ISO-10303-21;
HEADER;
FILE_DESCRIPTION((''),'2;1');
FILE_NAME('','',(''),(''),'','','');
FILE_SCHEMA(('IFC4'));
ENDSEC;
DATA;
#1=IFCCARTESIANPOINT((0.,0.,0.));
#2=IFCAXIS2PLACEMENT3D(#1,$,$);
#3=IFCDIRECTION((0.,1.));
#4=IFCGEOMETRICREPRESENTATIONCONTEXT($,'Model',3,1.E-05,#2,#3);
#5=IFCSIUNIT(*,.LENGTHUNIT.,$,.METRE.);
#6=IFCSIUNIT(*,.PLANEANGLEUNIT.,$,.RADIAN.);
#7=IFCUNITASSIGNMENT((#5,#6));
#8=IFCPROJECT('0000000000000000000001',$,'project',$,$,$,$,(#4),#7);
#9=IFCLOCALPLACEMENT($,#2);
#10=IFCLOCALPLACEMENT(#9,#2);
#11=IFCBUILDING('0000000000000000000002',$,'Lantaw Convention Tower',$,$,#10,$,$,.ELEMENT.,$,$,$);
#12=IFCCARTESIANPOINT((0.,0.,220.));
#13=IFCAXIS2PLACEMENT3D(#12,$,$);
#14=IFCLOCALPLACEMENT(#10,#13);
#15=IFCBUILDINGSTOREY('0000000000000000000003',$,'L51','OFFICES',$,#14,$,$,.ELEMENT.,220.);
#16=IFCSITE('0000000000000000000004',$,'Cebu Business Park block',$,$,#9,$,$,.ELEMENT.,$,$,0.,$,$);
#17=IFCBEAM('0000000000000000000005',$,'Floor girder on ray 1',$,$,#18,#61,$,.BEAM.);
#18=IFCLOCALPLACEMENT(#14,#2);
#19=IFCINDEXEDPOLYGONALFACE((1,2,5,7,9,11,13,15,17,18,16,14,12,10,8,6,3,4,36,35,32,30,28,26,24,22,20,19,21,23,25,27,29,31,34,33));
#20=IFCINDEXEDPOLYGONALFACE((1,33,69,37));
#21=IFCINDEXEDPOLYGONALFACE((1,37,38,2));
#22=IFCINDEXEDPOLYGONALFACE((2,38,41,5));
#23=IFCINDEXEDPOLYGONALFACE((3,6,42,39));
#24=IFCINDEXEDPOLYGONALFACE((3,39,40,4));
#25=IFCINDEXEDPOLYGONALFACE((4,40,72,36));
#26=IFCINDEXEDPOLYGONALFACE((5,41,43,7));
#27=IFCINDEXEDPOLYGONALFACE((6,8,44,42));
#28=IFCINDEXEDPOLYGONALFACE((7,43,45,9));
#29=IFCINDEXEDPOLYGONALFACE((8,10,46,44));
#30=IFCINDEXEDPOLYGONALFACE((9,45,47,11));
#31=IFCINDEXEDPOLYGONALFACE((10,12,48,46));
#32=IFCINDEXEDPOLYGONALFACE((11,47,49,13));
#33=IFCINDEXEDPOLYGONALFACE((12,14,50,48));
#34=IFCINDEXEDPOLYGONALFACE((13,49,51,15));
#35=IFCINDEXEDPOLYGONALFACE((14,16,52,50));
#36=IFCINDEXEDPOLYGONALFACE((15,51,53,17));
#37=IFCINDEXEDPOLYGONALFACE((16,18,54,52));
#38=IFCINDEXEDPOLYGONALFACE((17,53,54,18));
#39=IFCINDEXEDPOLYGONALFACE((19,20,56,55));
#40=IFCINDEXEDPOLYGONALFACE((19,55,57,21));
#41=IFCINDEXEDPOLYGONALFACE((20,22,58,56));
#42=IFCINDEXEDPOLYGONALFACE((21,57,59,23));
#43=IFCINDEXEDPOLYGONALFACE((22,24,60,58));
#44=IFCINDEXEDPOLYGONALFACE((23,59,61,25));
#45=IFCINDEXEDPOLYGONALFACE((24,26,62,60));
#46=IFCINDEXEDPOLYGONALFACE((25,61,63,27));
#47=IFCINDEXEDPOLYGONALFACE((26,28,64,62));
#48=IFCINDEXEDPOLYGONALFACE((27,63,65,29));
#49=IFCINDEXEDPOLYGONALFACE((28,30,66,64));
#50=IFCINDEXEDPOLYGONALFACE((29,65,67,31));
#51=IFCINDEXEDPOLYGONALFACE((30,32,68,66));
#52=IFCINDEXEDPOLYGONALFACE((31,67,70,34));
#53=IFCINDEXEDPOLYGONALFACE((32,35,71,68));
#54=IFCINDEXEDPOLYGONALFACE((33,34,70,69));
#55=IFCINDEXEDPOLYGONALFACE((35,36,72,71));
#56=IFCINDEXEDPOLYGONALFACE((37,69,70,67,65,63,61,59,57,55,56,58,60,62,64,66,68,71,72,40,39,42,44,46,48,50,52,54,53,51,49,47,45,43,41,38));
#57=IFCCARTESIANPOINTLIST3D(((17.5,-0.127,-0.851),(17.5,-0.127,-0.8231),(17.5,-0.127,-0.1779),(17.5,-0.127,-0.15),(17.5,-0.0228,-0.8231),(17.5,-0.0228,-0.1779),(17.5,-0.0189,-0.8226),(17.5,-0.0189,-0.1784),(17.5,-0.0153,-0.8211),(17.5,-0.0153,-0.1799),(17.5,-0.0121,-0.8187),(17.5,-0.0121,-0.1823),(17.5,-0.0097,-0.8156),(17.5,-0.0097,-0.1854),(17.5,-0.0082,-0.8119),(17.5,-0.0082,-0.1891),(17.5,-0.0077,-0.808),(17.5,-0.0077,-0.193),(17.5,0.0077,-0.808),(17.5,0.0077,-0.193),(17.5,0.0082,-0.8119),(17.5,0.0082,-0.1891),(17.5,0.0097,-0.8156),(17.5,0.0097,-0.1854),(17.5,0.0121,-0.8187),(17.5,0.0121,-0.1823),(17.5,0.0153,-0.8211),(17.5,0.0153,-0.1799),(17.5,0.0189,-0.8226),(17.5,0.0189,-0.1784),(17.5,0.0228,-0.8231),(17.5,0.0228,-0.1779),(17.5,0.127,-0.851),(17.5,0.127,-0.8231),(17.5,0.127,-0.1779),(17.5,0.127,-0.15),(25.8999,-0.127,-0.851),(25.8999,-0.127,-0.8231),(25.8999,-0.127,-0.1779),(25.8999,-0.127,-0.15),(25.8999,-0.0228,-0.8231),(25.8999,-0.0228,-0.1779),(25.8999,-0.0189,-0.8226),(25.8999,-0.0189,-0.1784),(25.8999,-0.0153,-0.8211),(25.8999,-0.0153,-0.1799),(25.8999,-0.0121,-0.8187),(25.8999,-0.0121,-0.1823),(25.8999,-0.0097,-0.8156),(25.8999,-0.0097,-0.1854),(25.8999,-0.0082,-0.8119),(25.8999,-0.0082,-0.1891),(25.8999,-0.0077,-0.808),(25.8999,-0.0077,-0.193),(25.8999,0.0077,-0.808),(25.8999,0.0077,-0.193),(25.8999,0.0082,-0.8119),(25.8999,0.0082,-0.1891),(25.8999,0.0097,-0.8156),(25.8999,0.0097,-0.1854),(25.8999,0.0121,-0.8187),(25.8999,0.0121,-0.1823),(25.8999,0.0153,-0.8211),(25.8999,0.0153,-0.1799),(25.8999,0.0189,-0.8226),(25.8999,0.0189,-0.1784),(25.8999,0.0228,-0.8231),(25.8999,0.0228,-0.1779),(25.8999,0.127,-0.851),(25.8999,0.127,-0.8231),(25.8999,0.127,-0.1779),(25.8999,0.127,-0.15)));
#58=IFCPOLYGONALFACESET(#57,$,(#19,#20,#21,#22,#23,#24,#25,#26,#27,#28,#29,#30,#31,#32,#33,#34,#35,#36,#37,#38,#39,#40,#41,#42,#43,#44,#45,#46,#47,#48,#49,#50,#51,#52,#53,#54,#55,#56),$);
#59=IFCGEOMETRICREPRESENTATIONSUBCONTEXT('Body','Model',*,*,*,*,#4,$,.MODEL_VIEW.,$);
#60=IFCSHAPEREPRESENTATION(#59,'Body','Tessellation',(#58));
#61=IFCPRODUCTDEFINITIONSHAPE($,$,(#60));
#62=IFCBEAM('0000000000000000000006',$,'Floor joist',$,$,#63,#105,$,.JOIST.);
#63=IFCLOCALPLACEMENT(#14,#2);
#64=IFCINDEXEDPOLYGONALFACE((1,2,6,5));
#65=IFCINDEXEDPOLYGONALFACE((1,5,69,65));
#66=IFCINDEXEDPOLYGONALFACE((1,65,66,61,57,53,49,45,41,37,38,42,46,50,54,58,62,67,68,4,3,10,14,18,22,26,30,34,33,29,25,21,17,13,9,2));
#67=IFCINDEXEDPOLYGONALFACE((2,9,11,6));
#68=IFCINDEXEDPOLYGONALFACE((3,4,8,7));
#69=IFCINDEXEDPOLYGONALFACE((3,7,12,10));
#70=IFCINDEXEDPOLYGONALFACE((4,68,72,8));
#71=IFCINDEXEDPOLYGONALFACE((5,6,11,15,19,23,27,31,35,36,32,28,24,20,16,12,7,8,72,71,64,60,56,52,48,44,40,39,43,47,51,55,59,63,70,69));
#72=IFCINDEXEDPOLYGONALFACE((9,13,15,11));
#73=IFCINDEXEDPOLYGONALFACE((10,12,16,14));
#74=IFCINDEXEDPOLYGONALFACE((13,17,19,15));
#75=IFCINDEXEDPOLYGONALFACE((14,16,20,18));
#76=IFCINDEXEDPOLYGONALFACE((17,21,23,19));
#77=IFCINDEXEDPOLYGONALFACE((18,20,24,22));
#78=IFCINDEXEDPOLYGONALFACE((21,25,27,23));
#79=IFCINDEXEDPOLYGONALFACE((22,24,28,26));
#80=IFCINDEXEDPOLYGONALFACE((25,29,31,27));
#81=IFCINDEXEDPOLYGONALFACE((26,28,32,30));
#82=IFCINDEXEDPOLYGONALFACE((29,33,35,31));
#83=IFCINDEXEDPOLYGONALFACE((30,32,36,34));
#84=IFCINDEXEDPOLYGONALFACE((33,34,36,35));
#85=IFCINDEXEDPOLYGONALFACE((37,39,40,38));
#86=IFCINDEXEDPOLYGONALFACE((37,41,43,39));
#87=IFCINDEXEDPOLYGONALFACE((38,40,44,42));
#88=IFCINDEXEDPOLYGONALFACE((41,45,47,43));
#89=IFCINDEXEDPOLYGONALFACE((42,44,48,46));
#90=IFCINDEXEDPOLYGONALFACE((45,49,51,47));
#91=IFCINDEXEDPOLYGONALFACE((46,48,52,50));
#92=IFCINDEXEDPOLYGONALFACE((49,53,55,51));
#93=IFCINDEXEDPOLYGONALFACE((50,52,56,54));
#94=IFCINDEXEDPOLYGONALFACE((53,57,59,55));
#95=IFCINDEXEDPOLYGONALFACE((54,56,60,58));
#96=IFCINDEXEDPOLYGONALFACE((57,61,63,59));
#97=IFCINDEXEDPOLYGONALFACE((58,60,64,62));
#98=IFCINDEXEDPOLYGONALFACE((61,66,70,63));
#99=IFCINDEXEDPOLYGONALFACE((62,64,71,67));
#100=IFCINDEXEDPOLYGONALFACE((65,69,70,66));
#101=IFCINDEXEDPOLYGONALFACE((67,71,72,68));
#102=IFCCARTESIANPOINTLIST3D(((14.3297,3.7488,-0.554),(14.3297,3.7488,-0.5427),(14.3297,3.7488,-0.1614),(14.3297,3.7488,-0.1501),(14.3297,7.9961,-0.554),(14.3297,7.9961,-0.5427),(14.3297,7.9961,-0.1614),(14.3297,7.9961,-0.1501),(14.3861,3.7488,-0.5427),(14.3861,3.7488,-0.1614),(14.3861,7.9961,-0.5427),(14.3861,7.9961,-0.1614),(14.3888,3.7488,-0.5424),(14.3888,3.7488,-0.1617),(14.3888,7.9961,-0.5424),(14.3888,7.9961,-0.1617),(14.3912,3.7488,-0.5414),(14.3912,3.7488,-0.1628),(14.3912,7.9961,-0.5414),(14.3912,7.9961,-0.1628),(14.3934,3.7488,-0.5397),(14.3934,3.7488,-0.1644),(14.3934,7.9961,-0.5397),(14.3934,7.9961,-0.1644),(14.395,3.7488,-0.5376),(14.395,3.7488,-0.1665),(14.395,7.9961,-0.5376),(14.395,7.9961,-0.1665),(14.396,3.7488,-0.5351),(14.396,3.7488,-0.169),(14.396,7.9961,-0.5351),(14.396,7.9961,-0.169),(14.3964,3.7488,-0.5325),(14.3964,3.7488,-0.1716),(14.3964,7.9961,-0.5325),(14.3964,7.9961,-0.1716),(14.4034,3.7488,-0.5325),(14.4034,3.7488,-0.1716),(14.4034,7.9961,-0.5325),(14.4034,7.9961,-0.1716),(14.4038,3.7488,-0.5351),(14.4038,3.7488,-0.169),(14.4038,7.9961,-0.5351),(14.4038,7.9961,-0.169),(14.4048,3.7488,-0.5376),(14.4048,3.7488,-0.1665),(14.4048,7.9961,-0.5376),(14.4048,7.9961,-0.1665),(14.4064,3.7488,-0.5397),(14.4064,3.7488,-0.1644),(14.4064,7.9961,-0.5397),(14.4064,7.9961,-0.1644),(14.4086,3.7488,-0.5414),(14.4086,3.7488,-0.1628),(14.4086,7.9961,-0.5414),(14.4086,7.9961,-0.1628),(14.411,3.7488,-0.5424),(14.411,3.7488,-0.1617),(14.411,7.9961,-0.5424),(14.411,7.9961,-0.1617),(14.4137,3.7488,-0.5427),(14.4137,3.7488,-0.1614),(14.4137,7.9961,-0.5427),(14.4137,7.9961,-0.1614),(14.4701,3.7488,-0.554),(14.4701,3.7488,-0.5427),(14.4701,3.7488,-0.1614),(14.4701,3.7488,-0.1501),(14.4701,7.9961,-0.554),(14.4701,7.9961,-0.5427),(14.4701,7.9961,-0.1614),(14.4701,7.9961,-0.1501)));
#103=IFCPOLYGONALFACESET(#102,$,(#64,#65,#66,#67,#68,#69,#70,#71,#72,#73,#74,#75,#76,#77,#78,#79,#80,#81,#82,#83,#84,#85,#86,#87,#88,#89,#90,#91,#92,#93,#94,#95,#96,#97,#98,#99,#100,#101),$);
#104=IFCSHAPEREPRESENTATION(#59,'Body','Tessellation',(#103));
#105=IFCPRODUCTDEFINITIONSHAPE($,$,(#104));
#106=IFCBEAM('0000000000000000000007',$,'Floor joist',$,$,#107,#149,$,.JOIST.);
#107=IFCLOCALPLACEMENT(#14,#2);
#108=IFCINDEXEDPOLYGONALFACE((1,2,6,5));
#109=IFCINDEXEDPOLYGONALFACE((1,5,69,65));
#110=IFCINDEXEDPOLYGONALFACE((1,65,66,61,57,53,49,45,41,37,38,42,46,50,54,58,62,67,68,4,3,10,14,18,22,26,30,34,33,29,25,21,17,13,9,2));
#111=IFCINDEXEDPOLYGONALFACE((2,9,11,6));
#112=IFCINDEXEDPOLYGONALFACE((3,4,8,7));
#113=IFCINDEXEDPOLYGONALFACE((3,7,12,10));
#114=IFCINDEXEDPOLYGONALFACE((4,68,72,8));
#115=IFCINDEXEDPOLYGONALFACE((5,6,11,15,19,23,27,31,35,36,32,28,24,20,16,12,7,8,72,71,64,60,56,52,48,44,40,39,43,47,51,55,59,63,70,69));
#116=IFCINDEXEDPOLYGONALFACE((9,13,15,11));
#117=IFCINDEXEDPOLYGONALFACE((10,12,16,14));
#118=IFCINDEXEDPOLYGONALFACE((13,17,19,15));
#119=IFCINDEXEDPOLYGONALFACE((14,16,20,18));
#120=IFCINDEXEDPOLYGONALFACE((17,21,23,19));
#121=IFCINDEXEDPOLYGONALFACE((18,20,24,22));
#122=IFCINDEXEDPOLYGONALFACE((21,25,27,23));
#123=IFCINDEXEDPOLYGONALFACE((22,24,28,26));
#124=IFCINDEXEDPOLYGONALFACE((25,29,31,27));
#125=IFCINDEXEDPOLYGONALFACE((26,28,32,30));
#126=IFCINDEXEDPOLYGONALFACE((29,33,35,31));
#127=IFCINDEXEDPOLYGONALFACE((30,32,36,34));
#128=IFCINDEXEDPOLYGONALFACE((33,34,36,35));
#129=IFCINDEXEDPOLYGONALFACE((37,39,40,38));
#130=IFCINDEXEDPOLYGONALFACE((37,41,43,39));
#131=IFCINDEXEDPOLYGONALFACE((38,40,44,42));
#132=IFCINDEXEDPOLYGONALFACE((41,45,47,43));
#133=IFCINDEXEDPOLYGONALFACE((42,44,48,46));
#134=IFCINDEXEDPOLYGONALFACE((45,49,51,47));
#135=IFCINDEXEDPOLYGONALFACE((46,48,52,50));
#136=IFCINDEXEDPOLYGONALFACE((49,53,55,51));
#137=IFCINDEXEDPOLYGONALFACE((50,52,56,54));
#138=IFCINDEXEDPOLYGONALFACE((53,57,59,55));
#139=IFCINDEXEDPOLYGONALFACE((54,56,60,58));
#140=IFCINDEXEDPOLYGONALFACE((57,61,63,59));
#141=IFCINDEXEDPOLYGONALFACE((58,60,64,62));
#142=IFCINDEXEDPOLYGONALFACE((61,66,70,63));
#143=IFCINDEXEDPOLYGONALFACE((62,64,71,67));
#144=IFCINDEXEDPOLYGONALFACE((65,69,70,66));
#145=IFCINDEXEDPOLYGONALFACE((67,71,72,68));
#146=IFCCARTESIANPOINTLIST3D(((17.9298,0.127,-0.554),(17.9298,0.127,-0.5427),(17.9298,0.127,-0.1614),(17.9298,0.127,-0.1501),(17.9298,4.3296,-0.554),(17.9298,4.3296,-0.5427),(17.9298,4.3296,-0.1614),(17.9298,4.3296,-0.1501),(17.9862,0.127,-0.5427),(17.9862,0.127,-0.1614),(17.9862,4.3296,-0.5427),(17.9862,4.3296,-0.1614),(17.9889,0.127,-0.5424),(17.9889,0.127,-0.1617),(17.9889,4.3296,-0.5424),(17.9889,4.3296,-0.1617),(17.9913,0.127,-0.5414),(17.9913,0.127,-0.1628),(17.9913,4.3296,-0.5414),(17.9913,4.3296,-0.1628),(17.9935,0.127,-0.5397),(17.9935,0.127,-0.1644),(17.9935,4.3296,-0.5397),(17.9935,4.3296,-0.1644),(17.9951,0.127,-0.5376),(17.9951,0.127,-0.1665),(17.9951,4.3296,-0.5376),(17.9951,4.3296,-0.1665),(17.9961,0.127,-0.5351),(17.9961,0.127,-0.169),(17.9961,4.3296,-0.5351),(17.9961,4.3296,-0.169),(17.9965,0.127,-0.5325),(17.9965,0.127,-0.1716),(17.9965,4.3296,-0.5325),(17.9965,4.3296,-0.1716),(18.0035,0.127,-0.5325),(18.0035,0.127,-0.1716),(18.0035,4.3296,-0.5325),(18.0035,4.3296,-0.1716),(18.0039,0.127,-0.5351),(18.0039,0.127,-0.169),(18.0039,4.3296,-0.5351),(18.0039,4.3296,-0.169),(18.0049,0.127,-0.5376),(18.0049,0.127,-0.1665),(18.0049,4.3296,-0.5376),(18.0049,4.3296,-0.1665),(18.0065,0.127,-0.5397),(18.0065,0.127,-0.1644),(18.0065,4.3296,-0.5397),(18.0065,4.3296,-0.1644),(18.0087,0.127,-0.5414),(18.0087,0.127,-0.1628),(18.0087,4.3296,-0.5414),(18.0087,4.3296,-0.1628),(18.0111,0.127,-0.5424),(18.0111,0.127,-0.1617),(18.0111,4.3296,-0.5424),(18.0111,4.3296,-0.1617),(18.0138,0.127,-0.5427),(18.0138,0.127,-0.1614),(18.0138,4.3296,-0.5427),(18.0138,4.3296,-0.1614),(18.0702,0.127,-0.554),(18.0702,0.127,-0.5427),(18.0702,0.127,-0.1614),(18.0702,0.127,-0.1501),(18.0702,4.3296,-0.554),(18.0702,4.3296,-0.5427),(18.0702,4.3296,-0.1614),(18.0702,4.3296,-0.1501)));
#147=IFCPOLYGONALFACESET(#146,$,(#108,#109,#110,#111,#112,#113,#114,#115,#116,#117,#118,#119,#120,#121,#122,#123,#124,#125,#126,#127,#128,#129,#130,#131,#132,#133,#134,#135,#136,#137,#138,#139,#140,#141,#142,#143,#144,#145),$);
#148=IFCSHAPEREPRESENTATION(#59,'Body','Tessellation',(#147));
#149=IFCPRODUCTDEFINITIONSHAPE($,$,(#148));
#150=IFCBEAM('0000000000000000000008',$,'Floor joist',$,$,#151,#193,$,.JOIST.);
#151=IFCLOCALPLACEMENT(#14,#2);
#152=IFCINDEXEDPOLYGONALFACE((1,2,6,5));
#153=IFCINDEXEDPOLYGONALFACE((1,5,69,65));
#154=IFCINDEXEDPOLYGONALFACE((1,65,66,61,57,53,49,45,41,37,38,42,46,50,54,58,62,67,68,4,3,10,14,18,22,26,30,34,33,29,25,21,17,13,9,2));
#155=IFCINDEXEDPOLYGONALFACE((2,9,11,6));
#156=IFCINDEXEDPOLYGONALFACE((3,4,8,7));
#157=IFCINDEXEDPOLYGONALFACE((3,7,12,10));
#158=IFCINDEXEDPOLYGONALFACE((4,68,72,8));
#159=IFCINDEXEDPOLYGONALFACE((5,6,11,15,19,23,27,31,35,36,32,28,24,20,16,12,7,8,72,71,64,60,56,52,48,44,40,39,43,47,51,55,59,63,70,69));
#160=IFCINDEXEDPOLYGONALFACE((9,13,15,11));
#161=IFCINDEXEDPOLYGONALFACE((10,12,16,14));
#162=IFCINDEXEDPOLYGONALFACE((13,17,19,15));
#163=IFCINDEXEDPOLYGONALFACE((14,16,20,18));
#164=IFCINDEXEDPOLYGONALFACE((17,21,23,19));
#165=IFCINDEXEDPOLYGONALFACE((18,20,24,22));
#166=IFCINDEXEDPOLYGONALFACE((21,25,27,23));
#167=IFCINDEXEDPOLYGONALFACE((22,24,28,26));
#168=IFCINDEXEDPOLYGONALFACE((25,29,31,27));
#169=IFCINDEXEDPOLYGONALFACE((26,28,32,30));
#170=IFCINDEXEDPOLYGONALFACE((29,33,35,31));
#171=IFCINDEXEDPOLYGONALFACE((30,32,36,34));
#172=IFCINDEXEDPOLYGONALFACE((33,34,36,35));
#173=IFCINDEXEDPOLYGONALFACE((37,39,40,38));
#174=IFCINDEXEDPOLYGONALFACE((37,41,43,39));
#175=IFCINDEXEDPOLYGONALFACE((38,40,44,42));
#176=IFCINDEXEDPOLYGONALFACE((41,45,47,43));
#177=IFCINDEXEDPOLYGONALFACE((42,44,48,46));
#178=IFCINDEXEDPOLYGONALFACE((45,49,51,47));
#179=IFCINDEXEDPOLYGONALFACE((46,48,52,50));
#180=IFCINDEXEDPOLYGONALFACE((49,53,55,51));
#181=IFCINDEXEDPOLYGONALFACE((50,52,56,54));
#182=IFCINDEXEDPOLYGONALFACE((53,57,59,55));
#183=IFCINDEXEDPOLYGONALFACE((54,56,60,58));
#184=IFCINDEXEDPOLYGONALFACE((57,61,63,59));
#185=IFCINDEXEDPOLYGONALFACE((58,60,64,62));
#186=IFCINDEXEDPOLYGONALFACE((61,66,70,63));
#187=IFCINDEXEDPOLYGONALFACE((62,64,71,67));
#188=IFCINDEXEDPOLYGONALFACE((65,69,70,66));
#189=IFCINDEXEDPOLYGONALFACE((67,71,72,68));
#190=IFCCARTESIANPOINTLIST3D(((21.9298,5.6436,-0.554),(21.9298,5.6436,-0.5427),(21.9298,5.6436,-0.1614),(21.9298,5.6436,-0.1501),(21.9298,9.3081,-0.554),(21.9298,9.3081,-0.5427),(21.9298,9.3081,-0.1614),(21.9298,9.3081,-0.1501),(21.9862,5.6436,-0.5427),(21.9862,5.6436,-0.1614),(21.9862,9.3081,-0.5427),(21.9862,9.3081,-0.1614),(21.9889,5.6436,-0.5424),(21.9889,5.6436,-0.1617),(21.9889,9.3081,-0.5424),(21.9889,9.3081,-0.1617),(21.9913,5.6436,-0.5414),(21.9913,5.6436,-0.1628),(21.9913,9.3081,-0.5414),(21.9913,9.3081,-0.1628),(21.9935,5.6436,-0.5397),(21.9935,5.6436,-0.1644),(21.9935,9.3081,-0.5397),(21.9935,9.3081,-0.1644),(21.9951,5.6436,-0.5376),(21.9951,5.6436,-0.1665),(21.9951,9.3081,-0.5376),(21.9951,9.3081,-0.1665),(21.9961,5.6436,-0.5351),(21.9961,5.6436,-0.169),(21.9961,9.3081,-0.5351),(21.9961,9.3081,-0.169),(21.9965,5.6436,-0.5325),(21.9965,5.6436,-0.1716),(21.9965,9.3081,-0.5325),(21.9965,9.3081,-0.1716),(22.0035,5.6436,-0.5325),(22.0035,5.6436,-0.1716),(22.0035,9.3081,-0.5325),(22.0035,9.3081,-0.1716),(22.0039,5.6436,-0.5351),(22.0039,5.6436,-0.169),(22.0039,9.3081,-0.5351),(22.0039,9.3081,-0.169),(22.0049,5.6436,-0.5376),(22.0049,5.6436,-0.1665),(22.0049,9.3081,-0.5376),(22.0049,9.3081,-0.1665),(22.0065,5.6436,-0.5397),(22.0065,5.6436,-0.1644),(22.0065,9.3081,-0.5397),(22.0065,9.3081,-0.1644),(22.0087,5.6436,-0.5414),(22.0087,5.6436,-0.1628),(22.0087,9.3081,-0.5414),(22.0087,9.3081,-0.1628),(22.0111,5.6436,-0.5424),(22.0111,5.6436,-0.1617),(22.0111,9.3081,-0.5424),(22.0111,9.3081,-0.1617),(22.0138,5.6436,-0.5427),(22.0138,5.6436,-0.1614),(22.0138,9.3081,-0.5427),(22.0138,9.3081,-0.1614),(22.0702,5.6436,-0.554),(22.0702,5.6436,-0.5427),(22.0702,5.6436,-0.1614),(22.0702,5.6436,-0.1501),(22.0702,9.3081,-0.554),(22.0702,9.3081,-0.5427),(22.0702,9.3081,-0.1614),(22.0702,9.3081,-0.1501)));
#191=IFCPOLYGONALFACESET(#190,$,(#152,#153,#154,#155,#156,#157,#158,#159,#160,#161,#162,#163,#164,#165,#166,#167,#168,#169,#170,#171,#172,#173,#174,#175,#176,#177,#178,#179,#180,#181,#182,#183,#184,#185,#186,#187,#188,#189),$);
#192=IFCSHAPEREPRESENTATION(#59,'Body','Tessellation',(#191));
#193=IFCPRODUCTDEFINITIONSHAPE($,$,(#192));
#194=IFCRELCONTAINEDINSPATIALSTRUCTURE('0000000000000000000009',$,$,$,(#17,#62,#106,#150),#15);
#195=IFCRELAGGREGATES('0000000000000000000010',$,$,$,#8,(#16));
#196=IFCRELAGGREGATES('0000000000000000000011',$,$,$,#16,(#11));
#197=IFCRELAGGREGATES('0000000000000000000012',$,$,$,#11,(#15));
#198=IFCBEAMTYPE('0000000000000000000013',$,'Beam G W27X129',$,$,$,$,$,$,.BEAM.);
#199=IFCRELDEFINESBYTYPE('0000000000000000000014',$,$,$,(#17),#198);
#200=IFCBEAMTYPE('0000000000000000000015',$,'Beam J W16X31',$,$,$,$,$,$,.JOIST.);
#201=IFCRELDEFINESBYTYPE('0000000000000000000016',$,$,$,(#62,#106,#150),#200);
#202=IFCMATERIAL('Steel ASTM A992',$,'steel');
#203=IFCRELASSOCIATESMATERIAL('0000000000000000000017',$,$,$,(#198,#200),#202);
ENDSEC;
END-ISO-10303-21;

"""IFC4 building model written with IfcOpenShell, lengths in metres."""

from ifc_helpers import new_model, si_unit, direction, frame, origin, origin_2d, place, context, subcontext, project, spatial, i_section, extrude, material, material_profile, profile_set, type_object, element, save


model = new_model("IFC4")

# Units and contexts
model_context = context("Model", 3, precision=1e-05, world=origin(), true_north=direction((0.0, 1.0)))
body_context = subcontext(model_context, "Body", "Model", "MODEL_VIEW")
ifc_project = project(units=[si_unit("LENGTHUNIT", "METRE"), si_unit("PLANEANGLEUNIT", "RADIAN")], contexts=[model_context])

# Site, building, storey
site_placement = place(None, origin())
site = spatial("IfcSite", under=ifc_project, at=site_placement, Name="Cebu Business Park block", CompositionType="ELEMENT", RefElevation=0.0)
building_placement = place(site_placement, origin())
building = spatial("IfcBuilding", under=site, at=building_placement, Name="Lantaw Convention Tower", CompositionType="ELEMENT")
storey_placement = place(building_placement, frame((0.0, 0.0, 220.0)))
storey = spatial("IfcBuildingStorey", under=building, at=storey_placement, Name="L51", Description="OFFICES", CompositionType="ELEMENT", Elevation=220.0)

# Beams
ifc_material_1 = material(Name="Steel ASTM A992", Category="steel")
ifc_material_profile_1 = material_profile(ifc_material_1, i_section(OverallWidth=0.2539, OverallDepth=0.7009, WebThickness=0.0154, FlangeThickness=0.0278, FilletRadius=0.0151, at=origin_2d()), Name="W27X129")
ifc_profile_set_1 = profile_set([ifc_material_profile_1], Name="Steel ASTM A992")
beam_type_1 = type_object("IfcBeamType", Name="Beam G W27X129", PredefinedType="BEAM", material=ifc_profile_set_1)
beam_1_placement = place(storey_placement, frame((17.5, 0.0, -0.5005), z_axis=(1.0, 0.0, 0.0), x_axis=(0.0, 1.0, 0.0)))
element("IfcBeam", 1, at=beam_1_placement, inside=storey, type_object=beam_type_1, Name="Floor girder on ray 1", PredefinedType="BEAM", context=body_context, shape_type="SweptSolid", body=[
    extrude(i_section(OverallWidth=0.2539, OverallDepth=0.7009, WebThickness=0.0154, FlangeThickness=0.0278, FilletRadius=0.0151, at=origin_2d()), origin(), (0.0, 0.0, 1.0), 8.3999),
])
ifc_material_profile_2 = material_profile(ifc_material_1, i_section(OverallWidth=0.1404, OverallDepth=0.4038, WebThickness=0.0071, FlangeThickness=0.0112, FilletRadius=0.0103, at=origin_2d()), Name="W16X31")
ifc_profile_set_2 = profile_set([ifc_material_profile_2], Name="Steel ASTM A992")
beam_type_2 = type_object("IfcBeamType", Name="Beam J W16X31", PredefinedType="JOIST", material=ifc_profile_set_2)
beam_2_placement = place(storey_placement, frame((14.3999, 3.7488, -0.3521), z_axis=(0.0, 1.0, 0.0), x_axis=(-1.0, 0.0, 0.0)))
element("IfcBeam", 2, at=beam_2_placement, inside=storey, type_object=beam_type_2, Name="Floor joist", PredefinedType="JOIST", context=body_context, shape_type="SweptSolid", body=[
    extrude(i_section(OverallWidth=0.1404, OverallDepth=0.4038, WebThickness=0.0071, FlangeThickness=0.0112, FilletRadius=0.0103, at=origin_2d()), origin(), (0.0, 0.0, 1.0), 4.2473),
])
beam_3_placement = place(storey_placement, frame((18.0, 0.127, -0.3521), z_axis=(0.0, 1.0, 0.0), x_axis=(-1.0, 0.0, 0.0)))
element("IfcBeam", 3, at=beam_3_placement, inside=storey, type_object=beam_type_2, Name="Floor joist", PredefinedType="JOIST", context=body_context, shape_type="SweptSolid", body=[
    extrude(i_section(OverallWidth=0.1404, OverallDepth=0.4038, WebThickness=0.0071, FlangeThickness=0.0112, FilletRadius=0.0103, at=origin_2d()), origin(), (0.0, 0.0, 1.0), 4.2026),
])
beam_4_placement = place(storey_placement, frame((22.0, 5.6436, -0.3521), z_axis=(0.0, 1.0, 0.0), x_axis=(-1.0, 0.0, 0.0)))
element("IfcBeam", 4, at=beam_4_placement, inside=storey, type_object=beam_type_2, Name="Floor joist", PredefinedType="JOIST", context=body_context, shape_type="SweptSolid", body=[
    extrude(i_section(OverallWidth=0.1404, OverallDepth=0.4038, WebThickness=0.0071, FlangeThickness=0.0112, FilletRadius=0.0103, at=origin_2d()), origin(), (0.0, 0.0, 1.0), 3.6646),
])

save(model, "model.ifc")
